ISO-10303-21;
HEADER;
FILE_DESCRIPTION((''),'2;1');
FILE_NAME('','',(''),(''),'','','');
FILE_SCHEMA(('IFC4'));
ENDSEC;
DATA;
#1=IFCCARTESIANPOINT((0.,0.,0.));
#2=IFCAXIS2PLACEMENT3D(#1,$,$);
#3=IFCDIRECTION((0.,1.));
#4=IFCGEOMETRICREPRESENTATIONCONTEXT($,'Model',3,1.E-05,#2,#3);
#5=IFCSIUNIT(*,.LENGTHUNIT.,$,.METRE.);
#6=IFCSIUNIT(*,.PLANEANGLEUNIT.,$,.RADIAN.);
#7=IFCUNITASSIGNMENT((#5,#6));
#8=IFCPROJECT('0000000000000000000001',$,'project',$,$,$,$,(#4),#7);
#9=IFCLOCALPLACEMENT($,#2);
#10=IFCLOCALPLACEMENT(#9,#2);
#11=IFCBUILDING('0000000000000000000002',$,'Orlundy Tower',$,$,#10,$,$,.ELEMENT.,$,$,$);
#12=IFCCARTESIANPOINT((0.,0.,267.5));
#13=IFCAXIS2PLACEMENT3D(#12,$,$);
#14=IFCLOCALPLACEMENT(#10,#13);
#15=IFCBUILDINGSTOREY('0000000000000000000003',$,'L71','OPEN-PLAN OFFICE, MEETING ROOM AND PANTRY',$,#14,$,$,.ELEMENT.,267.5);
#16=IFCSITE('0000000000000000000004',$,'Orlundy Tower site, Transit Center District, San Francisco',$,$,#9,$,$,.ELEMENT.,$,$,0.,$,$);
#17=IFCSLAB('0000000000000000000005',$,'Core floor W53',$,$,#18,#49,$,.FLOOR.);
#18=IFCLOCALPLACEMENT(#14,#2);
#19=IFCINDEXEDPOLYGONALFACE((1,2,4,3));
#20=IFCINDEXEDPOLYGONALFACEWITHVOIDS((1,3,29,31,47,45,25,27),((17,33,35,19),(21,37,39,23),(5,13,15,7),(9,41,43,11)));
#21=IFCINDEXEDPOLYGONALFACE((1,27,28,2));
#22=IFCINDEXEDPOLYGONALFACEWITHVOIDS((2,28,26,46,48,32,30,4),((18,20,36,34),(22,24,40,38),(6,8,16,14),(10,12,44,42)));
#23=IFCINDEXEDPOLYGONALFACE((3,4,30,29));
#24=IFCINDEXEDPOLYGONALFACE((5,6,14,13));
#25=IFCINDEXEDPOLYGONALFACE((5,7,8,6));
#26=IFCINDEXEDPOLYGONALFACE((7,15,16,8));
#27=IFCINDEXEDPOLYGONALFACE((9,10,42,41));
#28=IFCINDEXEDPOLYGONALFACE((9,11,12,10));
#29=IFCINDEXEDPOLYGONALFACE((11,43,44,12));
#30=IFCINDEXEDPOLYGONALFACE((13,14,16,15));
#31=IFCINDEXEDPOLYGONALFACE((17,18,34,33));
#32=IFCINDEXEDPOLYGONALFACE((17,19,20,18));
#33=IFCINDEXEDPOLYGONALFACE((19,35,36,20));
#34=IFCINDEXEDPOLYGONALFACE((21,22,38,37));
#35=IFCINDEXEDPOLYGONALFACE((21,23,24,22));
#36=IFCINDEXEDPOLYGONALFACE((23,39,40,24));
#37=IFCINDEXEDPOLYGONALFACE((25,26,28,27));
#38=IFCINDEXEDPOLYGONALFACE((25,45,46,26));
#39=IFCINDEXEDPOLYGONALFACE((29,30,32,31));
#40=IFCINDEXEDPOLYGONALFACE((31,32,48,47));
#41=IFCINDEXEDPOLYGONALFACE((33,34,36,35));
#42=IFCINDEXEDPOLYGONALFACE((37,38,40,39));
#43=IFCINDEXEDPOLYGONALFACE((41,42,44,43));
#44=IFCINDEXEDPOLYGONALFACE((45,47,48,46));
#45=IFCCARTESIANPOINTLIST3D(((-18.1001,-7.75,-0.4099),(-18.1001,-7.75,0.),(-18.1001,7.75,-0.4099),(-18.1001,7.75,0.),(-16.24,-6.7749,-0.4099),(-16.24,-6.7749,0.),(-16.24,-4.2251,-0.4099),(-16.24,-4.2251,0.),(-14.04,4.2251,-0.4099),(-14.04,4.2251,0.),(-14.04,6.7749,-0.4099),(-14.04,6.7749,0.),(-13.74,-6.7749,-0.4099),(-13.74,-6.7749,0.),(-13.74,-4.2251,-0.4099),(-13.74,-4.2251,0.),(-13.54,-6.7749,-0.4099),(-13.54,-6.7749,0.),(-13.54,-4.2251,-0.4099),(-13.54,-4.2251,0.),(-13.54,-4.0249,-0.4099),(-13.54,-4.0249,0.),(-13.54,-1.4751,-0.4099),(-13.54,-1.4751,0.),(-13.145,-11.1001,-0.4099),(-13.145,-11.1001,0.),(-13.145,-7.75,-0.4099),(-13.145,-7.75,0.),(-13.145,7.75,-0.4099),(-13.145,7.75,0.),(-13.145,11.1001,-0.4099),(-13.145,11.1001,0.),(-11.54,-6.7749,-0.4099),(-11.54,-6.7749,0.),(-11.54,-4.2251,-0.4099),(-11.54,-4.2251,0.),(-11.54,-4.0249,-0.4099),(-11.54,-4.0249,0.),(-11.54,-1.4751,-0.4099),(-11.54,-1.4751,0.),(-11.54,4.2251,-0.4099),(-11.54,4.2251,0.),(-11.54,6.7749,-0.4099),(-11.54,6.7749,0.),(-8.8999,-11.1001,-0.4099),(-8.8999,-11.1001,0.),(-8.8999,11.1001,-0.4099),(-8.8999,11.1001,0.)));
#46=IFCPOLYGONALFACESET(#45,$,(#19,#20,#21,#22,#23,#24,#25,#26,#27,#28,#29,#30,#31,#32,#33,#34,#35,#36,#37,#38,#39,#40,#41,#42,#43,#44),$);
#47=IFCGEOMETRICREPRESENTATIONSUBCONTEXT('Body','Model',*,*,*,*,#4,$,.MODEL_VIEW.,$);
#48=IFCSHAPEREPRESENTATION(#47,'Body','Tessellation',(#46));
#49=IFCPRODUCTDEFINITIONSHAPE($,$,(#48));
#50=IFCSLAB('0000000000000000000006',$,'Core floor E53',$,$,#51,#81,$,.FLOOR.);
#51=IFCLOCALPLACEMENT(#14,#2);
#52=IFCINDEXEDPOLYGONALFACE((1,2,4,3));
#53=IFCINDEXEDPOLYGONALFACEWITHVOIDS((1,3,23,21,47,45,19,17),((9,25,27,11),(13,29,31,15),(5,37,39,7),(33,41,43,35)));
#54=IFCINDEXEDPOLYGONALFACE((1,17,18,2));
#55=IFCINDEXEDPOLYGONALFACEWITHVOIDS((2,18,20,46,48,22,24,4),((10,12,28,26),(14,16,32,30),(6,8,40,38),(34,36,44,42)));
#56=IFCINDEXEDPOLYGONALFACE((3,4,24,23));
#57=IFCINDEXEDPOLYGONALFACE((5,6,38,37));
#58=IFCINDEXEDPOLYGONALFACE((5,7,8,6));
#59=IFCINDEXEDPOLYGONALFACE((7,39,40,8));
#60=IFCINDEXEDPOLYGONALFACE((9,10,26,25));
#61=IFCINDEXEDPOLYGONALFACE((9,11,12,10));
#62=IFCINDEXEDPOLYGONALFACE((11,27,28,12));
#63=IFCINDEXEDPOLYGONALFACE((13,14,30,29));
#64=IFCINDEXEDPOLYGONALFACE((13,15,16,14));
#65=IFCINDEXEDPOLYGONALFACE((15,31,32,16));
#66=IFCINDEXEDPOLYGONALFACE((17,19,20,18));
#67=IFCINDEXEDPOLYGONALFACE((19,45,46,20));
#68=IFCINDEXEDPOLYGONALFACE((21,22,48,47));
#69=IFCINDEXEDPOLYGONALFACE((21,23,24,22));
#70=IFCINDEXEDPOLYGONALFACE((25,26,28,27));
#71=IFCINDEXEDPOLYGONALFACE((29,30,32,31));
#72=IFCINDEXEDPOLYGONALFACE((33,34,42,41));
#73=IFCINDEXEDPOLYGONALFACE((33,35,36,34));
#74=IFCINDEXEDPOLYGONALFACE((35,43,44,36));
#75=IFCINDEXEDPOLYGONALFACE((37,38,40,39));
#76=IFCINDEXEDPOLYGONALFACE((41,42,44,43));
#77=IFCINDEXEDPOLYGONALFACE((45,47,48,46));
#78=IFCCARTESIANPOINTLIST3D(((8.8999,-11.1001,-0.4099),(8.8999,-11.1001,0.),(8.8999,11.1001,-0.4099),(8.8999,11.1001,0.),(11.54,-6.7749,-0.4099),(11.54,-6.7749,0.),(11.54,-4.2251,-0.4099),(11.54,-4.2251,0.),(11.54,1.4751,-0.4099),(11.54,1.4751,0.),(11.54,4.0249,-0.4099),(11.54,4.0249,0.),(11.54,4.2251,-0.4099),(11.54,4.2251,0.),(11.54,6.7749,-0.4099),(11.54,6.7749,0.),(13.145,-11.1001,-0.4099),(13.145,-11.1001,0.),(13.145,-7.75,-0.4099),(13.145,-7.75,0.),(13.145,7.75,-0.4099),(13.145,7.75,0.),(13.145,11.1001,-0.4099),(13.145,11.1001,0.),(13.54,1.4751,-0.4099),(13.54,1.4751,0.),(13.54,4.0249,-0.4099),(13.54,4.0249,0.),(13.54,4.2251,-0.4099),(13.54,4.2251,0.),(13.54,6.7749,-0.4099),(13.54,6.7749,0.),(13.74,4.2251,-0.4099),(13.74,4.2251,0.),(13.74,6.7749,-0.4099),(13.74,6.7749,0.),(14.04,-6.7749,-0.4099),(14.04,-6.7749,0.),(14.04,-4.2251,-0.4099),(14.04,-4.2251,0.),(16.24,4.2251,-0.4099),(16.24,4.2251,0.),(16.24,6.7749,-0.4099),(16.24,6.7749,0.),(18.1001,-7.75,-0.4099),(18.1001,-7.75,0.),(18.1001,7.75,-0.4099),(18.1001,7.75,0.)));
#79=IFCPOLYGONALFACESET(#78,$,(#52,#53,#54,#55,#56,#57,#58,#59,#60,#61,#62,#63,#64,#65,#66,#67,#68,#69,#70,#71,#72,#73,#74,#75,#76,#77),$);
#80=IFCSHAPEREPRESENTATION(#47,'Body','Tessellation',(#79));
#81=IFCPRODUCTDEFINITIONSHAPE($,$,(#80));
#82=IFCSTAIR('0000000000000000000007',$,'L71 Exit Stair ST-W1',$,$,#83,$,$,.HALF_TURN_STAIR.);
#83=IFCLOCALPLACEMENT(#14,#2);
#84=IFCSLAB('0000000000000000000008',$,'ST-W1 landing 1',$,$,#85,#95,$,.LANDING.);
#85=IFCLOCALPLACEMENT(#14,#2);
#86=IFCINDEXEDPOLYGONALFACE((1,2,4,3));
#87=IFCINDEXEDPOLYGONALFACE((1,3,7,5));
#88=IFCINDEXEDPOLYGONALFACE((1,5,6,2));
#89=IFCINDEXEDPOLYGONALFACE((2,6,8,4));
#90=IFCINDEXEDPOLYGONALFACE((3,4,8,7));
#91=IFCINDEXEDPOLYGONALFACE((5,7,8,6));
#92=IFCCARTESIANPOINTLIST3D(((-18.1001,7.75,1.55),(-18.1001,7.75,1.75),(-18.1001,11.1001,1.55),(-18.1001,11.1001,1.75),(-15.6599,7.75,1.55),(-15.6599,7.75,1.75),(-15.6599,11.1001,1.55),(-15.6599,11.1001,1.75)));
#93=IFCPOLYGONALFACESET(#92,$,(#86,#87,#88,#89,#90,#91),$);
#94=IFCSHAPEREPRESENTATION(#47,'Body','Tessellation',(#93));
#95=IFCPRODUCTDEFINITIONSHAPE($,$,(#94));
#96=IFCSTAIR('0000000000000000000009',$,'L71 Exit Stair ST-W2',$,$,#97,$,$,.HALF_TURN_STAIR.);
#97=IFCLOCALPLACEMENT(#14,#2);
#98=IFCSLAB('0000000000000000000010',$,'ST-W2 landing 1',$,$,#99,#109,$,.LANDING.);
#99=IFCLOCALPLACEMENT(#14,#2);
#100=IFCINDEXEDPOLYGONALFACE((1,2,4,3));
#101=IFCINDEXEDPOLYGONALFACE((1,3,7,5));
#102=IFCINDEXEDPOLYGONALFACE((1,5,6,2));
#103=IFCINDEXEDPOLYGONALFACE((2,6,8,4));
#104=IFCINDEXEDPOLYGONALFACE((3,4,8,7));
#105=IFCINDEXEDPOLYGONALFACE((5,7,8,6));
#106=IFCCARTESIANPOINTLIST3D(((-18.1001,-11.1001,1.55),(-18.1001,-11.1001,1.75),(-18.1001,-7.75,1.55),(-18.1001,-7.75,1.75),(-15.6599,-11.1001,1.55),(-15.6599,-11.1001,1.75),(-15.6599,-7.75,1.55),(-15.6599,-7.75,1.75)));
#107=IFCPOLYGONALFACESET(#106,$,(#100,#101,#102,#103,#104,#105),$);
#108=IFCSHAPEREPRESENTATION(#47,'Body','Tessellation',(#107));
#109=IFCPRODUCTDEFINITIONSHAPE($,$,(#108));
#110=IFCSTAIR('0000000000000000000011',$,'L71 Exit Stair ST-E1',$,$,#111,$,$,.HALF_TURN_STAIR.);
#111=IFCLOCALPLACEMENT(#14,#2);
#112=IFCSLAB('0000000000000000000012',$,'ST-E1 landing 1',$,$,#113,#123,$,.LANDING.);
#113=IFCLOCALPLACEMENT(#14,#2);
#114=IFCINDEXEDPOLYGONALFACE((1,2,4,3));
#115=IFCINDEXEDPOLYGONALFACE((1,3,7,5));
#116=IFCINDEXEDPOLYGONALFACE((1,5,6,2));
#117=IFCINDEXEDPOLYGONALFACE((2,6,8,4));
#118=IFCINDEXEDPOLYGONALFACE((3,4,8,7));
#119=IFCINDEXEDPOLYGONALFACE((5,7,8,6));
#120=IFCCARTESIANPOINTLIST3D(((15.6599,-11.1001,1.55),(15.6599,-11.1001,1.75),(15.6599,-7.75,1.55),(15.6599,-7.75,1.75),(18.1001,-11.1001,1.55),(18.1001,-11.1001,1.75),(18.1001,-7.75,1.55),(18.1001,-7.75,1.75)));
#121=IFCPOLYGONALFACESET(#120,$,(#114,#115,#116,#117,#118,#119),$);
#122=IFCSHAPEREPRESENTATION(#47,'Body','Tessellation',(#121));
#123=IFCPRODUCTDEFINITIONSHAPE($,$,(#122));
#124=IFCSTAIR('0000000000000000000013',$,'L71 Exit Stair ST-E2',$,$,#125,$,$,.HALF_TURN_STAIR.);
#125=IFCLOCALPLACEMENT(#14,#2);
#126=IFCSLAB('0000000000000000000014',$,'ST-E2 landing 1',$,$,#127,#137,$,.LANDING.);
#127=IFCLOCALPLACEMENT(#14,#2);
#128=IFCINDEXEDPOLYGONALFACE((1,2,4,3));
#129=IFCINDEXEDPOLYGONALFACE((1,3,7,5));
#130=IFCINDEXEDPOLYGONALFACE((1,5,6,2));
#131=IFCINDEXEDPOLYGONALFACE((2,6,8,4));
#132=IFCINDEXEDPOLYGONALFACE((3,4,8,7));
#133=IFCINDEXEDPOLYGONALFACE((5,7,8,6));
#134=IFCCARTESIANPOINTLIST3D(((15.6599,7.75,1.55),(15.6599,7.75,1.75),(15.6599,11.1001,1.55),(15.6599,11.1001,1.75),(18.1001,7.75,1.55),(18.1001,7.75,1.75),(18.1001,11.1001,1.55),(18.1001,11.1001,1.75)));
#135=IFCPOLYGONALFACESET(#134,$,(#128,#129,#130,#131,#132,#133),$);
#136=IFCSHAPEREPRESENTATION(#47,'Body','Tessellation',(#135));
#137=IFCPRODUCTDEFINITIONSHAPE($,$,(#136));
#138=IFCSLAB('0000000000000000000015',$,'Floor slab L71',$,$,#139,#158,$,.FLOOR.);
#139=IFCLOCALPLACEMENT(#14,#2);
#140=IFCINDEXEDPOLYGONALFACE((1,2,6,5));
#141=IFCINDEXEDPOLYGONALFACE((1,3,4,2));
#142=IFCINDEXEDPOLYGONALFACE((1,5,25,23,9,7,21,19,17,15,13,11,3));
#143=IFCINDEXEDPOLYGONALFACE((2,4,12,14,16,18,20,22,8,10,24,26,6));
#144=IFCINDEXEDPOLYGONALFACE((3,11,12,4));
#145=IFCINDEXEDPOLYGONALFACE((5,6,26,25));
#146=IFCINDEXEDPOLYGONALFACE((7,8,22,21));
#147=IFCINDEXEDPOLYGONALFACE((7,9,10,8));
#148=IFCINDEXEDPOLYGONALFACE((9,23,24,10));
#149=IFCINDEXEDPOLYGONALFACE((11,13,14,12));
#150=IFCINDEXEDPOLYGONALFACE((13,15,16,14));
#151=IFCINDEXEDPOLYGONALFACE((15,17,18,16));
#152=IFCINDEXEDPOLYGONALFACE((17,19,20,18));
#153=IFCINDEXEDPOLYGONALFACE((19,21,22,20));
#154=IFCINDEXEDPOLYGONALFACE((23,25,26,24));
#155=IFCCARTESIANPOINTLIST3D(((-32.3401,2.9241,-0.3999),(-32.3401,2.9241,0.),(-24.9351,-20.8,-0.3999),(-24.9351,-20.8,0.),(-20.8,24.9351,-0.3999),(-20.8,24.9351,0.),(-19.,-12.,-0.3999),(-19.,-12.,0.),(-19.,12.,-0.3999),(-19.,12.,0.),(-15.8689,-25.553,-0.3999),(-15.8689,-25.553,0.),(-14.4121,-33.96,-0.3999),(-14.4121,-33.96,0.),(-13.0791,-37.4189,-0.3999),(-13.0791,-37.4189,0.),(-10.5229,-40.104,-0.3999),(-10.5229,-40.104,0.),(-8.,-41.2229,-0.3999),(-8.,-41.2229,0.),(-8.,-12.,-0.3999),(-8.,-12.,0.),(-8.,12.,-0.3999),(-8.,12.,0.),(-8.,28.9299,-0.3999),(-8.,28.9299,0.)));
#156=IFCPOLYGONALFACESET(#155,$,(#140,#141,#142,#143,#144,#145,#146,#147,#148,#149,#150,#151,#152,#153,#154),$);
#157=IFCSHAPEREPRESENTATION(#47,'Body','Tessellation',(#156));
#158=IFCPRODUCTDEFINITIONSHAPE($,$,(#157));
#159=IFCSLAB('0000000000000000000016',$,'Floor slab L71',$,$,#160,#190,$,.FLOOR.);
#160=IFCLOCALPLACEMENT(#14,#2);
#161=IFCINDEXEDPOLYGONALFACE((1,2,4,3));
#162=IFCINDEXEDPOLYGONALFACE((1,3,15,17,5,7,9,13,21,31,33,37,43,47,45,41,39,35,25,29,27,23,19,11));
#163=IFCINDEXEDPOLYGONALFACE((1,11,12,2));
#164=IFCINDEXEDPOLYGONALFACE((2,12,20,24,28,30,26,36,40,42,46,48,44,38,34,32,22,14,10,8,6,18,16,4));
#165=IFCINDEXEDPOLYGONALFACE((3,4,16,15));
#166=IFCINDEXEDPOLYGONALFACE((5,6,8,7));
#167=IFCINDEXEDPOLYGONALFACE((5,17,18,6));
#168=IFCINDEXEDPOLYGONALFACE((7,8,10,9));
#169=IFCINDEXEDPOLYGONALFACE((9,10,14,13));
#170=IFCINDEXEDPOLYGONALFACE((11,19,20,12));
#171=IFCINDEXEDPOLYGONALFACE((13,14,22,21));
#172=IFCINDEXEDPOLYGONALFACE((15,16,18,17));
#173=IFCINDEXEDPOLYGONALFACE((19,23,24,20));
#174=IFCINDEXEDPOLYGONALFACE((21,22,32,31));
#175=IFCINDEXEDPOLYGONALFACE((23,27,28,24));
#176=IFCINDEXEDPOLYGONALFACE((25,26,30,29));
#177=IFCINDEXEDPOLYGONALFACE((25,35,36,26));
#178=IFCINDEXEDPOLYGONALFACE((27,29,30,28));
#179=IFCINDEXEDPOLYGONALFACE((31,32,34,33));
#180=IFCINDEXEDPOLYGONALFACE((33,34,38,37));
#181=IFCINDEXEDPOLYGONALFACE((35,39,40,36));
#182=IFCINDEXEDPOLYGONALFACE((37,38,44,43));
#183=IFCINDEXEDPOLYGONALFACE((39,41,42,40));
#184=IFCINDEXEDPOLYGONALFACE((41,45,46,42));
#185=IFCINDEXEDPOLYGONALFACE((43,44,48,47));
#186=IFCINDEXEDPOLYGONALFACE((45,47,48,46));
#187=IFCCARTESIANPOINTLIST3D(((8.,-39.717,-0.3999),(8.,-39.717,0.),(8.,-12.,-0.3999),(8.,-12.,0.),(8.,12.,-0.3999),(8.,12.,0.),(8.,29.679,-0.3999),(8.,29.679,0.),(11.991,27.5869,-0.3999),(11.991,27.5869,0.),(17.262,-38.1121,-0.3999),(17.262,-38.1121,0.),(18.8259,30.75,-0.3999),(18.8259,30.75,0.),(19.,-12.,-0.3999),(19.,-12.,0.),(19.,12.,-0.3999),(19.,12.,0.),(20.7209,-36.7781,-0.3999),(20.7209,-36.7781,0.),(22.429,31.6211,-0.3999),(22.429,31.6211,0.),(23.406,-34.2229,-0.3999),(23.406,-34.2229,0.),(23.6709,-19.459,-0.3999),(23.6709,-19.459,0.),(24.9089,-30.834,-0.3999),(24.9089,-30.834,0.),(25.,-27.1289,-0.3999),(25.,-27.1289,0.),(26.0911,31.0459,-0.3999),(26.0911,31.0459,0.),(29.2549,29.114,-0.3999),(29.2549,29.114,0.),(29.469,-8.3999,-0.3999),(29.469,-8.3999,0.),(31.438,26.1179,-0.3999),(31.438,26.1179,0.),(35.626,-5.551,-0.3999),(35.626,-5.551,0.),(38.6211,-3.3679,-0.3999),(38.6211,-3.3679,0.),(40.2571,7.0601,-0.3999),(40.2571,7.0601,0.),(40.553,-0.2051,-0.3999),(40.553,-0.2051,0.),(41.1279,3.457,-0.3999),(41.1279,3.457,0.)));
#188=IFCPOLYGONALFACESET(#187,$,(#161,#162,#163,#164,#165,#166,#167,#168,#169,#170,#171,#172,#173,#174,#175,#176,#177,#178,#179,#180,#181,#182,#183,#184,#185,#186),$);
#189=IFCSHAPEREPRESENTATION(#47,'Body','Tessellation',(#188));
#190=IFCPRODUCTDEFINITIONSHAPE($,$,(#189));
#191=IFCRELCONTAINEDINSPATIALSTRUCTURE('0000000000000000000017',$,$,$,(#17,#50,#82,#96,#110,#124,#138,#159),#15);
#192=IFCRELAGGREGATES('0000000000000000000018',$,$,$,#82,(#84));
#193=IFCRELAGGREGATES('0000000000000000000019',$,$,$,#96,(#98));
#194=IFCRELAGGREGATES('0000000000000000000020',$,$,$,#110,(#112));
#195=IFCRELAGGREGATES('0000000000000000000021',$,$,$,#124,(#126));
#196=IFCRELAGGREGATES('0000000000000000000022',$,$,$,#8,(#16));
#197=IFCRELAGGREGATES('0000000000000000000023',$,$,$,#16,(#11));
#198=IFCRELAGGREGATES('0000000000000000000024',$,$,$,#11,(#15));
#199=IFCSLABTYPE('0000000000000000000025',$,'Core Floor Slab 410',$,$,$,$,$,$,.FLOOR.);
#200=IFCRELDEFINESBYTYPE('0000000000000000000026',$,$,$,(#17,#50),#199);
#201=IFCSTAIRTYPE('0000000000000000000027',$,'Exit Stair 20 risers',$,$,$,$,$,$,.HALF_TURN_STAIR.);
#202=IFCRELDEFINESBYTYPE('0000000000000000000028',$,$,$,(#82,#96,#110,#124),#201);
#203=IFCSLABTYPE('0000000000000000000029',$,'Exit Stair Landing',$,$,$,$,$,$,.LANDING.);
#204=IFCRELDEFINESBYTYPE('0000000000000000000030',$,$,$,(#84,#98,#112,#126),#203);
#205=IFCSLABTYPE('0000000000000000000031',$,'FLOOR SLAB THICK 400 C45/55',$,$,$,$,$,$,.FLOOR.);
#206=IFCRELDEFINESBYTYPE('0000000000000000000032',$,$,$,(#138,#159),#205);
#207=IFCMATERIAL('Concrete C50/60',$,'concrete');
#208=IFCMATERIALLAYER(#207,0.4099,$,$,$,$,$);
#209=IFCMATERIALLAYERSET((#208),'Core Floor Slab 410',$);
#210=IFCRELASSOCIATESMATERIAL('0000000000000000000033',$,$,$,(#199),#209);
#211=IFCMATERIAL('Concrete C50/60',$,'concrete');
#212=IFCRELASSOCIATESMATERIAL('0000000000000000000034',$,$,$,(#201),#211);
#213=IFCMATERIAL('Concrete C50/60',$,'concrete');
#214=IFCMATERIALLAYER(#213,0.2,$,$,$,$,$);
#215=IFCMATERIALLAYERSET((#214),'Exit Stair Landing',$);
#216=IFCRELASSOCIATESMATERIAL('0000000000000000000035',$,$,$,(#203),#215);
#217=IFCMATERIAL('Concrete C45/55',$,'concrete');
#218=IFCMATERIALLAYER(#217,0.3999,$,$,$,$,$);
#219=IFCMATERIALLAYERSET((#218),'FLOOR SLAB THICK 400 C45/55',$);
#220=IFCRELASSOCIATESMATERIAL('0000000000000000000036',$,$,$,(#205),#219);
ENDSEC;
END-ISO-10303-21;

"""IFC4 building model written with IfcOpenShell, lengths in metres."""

from ifc_helpers import new_model, si_unit, direction, frame, origin, place, context, subcontext, project, spatial, polyline, outline, extrude, material, layer, layer_set, type_object, element, aggregate, save


model = new_model("IFC4")

# Units and contexts
model_context = context("Model", 3, precision=1e-05, world=origin(), true_north=direction((0.0, 1.0)))
body_context = subcontext(model_context, "Body", "Model", "MODEL_VIEW")
ifc_project = project(units=[si_unit("LENGTHUNIT", "METRE"), si_unit("PLANEANGLEUNIT", "RADIAN")], contexts=[model_context])

# Site, building, storey
site_placement = place(None, origin())
site = spatial("IfcSite", under=ifc_project, at=site_placement, Name="Orlundy Tower site, Transit Center District, San Francisco", CompositionType="ELEMENT", RefElevation=0.0)
building_placement = place(site_placement, origin())
building = spatial("IfcBuilding", under=site, at=building_placement, Name="Orlundy Tower", CompositionType="ELEMENT")
storey_placement = place(building_placement, frame((0.0, 0.0, 267.5)))
storey = spatial("IfcBuildingStorey", under=building, at=storey_placement, Name="L71", Description="OPEN-PLAN OFFICE, MEETING ROOM AND PANTRY", CompositionType="ELEMENT", Elevation=267.5)

# Slabs
ifc_material_1 = material(Name="Concrete C50/60", Category="concrete")
ifc_layer_1 = layer(ifc_material_1, 0.4099)
ifc_layer_set_1 = layer_set([ifc_layer_1], Name="Core Floor Slab 410")
slab_type_1 = type_object("IfcSlabType", Name="Core Floor Slab 410", PredefinedType="FLOOR", material=ifc_layer_set_1)
slab_1_placement = place(storey_placement, frame((0.0, 0.0, -0.4099)))
element("IfcSlab", 1, at=slab_1_placement, inside=storey, type_object=slab_type_1, Name="Core floor W53", PredefinedType="FLOOR", context=body_context, shape_type="SweptSolid", body=[
    extrude(outline(polyline([(-18.1001, 7.75), (-13.145, 7.75), (-13.145, 11.1001), (-8.8999, 11.1001), (-8.8999, -11.1001), (-13.145, -11.1001), (-13.145, -7.75), (-18.1001, -7.75), (-18.1001, 7.75)]), holes=[polyline([(-13.54, -4.2251), (-13.54, -6.7749), (-11.54, -6.7749), (-11.54, -4.2251), (-13.54, -4.2251)]), polyline([(-13.74, -4.2251), (-16.24, -4.2251), (-16.24, -6.7749), (-13.74, -6.7749), (-13.74, -4.2251)]), polyline([(-11.54, -4.0249), (-11.54, -1.4751), (-13.54, -1.4751), (-13.54, -4.0249), (-11.54, -4.0249)]), polyline([(-14.04, 4.2251), (-11.54, 4.2251), (-11.54, 6.7749), (-14.04, 6.7749), (-14.04, 4.2251)])]), origin(), (0.0, 0.0, 1.0), 0.4099),
])
slab_2_placement = place(storey_placement, frame((0.0, 0.0, -0.4099)))
element("IfcSlab", 2, at=slab_2_placement, inside=storey, type_object=slab_type_1, Name="Core floor E53", PredefinedType="FLOOR", context=body_context, shape_type="SweptSolid", body=[
    extrude(outline(polyline([(18.1001, -7.75), (13.145, -7.75), (13.145, -11.1001), (8.8999, -11.1001), (8.8999, 11.1001), (13.145, 11.1001), (13.145, 7.75), (18.1001, 7.75), (18.1001, -7.75)]), holes=[polyline([(13.54, 4.2251), (13.54, 6.7749), (11.54, 6.7749), (11.54, 4.2251), (13.54, 4.2251)]), polyline([(13.74, 4.2251), (16.24, 4.2251), (16.24, 6.7749), (13.74, 6.7749), (13.74, 4.2251)]), polyline([(11.54, 4.0249), (11.54, 1.4751), (13.54, 1.4751), (13.54, 4.0249), (11.54, 4.0249)]), polyline([(14.04, -4.2251), (11.54, -4.2251), (11.54, -6.7749), (14.04, -6.7749), (14.04, -4.2251)])]), origin(), (0.0, 0.0, 1.0), 0.4099),
])

# Stairs, slabs
ifc_material_2 = material(Name="Concrete C50/60", Category="concrete")
stair_type = type_object("IfcStairType", Name="Exit Stair 20 risers", PredefinedType="HALF_TURN_STAIR", material=ifc_material_2)
stair_1_placement = place(storey_placement, origin())
stair_1 = element("IfcStair", 3, at=stair_1_placement, inside=storey, type_object=stair_type, Name="L71 Exit Stair ST-W1", PredefinedType="HALF_TURN_STAIR")
ifc_material_3 = material(Name="Concrete C50/60", Category="concrete")
ifc_layer_2 = layer(ifc_material_3, 0.2)
ifc_layer_set_2 = layer_set([ifc_layer_2], Name="Exit Stair Landing")
slab_type_2 = type_object("IfcSlabType", Name="Exit Stair Landing", PredefinedType="LANDING", material=ifc_layer_set_2)
slab_3_placement = place(storey_placement, frame((0.0, 0.0, 1.55)))
slab_3 = element("IfcSlab", 4, at=slab_3_placement, type_object=slab_type_2, Name="ST-W1 landing 1", PredefinedType="LANDING", context=body_context, shape_type="SweptSolid", body=[
    extrude(outline(polyline([(-15.6599, 11.1001), (-18.1001, 11.1001), (-18.1001, 7.75), (-15.6599, 7.75), (-15.6599, 11.1001)])), origin(), (0.0, 0.0, 1.0), 0.2),
])
aggregate(stair_1, [slab_3])
stair_2_placement = place(storey_placement, origin())
stair_2 = element("IfcStair", 5, at=stair_2_placement, inside=storey, type_object=stair_type, Name="L71 Exit Stair ST-W2", PredefinedType="HALF_TURN_STAIR")
slab_4_placement = place(storey_placement, frame((0.0, 0.0, 1.55)))
slab_4 = element("IfcSlab", 6, at=slab_4_placement, type_object=slab_type_2, Name="ST-W2 landing 1", PredefinedType="LANDING", context=body_context, shape_type="SweptSolid", body=[
    extrude(outline(polyline([(-15.6599, -7.75), (-18.1001, -7.75), (-18.1001, -11.1001), (-15.6599, -11.1001), (-15.6599, -7.75)])), origin(), (0.0, 0.0, 1.0), 0.2),
])
aggregate(stair_2, [slab_4])
stair_3_placement = place(storey_placement, origin())
stair_3 = element("IfcStair", 7, at=stair_3_placement, inside=storey, type_object=stair_type, Name="L71 Exit Stair ST-E1", PredefinedType="HALF_TURN_STAIR")
slab_5_placement = place(storey_placement, frame((0.0, 0.0, 1.55)))
slab_5 = element("IfcSlab", 8, at=slab_5_placement, type_object=slab_type_2, Name="ST-E1 landing 1", PredefinedType="LANDING", context=body_context, shape_type="SweptSolid", body=[
    extrude(outline(polyline([(15.6599, -11.1001), (18.1001, -11.1001), (18.1001, -7.75), (15.6599, -7.75), (15.6599, -11.1001)])), origin(), (0.0, 0.0, 1.0), 0.2),
])
aggregate(stair_3, [slab_5])
stair_4_placement = place(storey_placement, origin())
stair_4 = element("IfcStair", 9, at=stair_4_placement, inside=storey, type_object=stair_type, Name="L71 Exit Stair ST-E2", PredefinedType="HALF_TURN_STAIR")
slab_6_placement = place(storey_placement, frame((0.0, 0.0, 1.55)))
slab_6 = element("IfcSlab", 10, at=slab_6_placement, type_object=slab_type_2, Name="ST-E2 landing 1", PredefinedType="LANDING", context=body_context, shape_type="SweptSolid", body=[
    extrude(outline(polyline([(15.6599, 7.75), (18.1001, 7.75), (18.1001, 11.1001), (15.6599, 11.1001), (15.6599, 7.75)])), origin(), (0.0, 0.0, 1.0), 0.2),
])
aggregate(stair_4, [slab_6])

# Slabs
ifc_material_4 = material(Name="Concrete C45/55", Category="concrete")
ifc_layer_3 = layer(ifc_material_4, 0.3999)
ifc_layer_set_3 = layer_set([ifc_layer_3], Name="FLOOR SLAB THICK 400 C45/55")
slab_type_3 = type_object("IfcSlabType", Name="FLOOR SLAB THICK 400 C45/55", PredefinedType="FLOOR", material=ifc_layer_set_3)
slab_7_placement = place(storey_placement, frame((0.0, 0.0, -0.3999)))
element("IfcSlab", 11, at=slab_7_placement, inside=storey, type_object=slab_type_3, Name="Floor slab L71", PredefinedType="FLOOR", context=body_context, shape_type="SweptSolid", body=[
    extrude(outline(polyline([(-24.9351, -20.8), (-32.3401, 2.9241), (-20.8, 24.9351), (-8.0, 28.9299), (-8.0, 12.0), (-19.0, 12.0), (-19.0, -12.0), (-8.0, -12.0), (-8.0, -41.2229), (-10.5229, -40.104), (-13.0791, -37.4189), (-14.4121, -33.96), (-15.8689, -25.553), (-24.9351, -20.8)])), origin(), (0.0, 0.0, 1.0), 0.3999),
])
slab_8_placement = place(storey_placement, frame((0.0, 0.0, -0.3999)))
element("IfcSlab", 12, at=slab_8_placement, inside=storey, type_object=slab_type_3, Name="Floor slab L71", PredefinedType="FLOOR", context=body_context, shape_type="SweptSolid", body=[
    extrude(outline(polyline([(18.8259, 30.75), (22.429, 31.6211), (26.0911, 31.0459), (29.2549, 29.114), (31.438, 26.1179), (40.2571, 7.0601), (41.1279, 3.457), (40.553, -0.2051), (38.6211, -3.3679), (35.626, -5.551), (29.469, -8.3999), (23.6709, -19.459), (25.0, -27.1289), (24.9089, -30.834), (23.406, -34.2229), (20.7209, -36.7781), (17.262, -38.1121), (8.0, -39.717), (8.0, -12.0), (19.0, -12.0), (19.0, 12.0), (8.0, 12.0), (8.0, 29.679), (11.991, 27.5869), (18.8259, 30.75)])), origin(), (0.0, 0.0, 1.0), 0.3999),
])

save(model, "model.ifc")
